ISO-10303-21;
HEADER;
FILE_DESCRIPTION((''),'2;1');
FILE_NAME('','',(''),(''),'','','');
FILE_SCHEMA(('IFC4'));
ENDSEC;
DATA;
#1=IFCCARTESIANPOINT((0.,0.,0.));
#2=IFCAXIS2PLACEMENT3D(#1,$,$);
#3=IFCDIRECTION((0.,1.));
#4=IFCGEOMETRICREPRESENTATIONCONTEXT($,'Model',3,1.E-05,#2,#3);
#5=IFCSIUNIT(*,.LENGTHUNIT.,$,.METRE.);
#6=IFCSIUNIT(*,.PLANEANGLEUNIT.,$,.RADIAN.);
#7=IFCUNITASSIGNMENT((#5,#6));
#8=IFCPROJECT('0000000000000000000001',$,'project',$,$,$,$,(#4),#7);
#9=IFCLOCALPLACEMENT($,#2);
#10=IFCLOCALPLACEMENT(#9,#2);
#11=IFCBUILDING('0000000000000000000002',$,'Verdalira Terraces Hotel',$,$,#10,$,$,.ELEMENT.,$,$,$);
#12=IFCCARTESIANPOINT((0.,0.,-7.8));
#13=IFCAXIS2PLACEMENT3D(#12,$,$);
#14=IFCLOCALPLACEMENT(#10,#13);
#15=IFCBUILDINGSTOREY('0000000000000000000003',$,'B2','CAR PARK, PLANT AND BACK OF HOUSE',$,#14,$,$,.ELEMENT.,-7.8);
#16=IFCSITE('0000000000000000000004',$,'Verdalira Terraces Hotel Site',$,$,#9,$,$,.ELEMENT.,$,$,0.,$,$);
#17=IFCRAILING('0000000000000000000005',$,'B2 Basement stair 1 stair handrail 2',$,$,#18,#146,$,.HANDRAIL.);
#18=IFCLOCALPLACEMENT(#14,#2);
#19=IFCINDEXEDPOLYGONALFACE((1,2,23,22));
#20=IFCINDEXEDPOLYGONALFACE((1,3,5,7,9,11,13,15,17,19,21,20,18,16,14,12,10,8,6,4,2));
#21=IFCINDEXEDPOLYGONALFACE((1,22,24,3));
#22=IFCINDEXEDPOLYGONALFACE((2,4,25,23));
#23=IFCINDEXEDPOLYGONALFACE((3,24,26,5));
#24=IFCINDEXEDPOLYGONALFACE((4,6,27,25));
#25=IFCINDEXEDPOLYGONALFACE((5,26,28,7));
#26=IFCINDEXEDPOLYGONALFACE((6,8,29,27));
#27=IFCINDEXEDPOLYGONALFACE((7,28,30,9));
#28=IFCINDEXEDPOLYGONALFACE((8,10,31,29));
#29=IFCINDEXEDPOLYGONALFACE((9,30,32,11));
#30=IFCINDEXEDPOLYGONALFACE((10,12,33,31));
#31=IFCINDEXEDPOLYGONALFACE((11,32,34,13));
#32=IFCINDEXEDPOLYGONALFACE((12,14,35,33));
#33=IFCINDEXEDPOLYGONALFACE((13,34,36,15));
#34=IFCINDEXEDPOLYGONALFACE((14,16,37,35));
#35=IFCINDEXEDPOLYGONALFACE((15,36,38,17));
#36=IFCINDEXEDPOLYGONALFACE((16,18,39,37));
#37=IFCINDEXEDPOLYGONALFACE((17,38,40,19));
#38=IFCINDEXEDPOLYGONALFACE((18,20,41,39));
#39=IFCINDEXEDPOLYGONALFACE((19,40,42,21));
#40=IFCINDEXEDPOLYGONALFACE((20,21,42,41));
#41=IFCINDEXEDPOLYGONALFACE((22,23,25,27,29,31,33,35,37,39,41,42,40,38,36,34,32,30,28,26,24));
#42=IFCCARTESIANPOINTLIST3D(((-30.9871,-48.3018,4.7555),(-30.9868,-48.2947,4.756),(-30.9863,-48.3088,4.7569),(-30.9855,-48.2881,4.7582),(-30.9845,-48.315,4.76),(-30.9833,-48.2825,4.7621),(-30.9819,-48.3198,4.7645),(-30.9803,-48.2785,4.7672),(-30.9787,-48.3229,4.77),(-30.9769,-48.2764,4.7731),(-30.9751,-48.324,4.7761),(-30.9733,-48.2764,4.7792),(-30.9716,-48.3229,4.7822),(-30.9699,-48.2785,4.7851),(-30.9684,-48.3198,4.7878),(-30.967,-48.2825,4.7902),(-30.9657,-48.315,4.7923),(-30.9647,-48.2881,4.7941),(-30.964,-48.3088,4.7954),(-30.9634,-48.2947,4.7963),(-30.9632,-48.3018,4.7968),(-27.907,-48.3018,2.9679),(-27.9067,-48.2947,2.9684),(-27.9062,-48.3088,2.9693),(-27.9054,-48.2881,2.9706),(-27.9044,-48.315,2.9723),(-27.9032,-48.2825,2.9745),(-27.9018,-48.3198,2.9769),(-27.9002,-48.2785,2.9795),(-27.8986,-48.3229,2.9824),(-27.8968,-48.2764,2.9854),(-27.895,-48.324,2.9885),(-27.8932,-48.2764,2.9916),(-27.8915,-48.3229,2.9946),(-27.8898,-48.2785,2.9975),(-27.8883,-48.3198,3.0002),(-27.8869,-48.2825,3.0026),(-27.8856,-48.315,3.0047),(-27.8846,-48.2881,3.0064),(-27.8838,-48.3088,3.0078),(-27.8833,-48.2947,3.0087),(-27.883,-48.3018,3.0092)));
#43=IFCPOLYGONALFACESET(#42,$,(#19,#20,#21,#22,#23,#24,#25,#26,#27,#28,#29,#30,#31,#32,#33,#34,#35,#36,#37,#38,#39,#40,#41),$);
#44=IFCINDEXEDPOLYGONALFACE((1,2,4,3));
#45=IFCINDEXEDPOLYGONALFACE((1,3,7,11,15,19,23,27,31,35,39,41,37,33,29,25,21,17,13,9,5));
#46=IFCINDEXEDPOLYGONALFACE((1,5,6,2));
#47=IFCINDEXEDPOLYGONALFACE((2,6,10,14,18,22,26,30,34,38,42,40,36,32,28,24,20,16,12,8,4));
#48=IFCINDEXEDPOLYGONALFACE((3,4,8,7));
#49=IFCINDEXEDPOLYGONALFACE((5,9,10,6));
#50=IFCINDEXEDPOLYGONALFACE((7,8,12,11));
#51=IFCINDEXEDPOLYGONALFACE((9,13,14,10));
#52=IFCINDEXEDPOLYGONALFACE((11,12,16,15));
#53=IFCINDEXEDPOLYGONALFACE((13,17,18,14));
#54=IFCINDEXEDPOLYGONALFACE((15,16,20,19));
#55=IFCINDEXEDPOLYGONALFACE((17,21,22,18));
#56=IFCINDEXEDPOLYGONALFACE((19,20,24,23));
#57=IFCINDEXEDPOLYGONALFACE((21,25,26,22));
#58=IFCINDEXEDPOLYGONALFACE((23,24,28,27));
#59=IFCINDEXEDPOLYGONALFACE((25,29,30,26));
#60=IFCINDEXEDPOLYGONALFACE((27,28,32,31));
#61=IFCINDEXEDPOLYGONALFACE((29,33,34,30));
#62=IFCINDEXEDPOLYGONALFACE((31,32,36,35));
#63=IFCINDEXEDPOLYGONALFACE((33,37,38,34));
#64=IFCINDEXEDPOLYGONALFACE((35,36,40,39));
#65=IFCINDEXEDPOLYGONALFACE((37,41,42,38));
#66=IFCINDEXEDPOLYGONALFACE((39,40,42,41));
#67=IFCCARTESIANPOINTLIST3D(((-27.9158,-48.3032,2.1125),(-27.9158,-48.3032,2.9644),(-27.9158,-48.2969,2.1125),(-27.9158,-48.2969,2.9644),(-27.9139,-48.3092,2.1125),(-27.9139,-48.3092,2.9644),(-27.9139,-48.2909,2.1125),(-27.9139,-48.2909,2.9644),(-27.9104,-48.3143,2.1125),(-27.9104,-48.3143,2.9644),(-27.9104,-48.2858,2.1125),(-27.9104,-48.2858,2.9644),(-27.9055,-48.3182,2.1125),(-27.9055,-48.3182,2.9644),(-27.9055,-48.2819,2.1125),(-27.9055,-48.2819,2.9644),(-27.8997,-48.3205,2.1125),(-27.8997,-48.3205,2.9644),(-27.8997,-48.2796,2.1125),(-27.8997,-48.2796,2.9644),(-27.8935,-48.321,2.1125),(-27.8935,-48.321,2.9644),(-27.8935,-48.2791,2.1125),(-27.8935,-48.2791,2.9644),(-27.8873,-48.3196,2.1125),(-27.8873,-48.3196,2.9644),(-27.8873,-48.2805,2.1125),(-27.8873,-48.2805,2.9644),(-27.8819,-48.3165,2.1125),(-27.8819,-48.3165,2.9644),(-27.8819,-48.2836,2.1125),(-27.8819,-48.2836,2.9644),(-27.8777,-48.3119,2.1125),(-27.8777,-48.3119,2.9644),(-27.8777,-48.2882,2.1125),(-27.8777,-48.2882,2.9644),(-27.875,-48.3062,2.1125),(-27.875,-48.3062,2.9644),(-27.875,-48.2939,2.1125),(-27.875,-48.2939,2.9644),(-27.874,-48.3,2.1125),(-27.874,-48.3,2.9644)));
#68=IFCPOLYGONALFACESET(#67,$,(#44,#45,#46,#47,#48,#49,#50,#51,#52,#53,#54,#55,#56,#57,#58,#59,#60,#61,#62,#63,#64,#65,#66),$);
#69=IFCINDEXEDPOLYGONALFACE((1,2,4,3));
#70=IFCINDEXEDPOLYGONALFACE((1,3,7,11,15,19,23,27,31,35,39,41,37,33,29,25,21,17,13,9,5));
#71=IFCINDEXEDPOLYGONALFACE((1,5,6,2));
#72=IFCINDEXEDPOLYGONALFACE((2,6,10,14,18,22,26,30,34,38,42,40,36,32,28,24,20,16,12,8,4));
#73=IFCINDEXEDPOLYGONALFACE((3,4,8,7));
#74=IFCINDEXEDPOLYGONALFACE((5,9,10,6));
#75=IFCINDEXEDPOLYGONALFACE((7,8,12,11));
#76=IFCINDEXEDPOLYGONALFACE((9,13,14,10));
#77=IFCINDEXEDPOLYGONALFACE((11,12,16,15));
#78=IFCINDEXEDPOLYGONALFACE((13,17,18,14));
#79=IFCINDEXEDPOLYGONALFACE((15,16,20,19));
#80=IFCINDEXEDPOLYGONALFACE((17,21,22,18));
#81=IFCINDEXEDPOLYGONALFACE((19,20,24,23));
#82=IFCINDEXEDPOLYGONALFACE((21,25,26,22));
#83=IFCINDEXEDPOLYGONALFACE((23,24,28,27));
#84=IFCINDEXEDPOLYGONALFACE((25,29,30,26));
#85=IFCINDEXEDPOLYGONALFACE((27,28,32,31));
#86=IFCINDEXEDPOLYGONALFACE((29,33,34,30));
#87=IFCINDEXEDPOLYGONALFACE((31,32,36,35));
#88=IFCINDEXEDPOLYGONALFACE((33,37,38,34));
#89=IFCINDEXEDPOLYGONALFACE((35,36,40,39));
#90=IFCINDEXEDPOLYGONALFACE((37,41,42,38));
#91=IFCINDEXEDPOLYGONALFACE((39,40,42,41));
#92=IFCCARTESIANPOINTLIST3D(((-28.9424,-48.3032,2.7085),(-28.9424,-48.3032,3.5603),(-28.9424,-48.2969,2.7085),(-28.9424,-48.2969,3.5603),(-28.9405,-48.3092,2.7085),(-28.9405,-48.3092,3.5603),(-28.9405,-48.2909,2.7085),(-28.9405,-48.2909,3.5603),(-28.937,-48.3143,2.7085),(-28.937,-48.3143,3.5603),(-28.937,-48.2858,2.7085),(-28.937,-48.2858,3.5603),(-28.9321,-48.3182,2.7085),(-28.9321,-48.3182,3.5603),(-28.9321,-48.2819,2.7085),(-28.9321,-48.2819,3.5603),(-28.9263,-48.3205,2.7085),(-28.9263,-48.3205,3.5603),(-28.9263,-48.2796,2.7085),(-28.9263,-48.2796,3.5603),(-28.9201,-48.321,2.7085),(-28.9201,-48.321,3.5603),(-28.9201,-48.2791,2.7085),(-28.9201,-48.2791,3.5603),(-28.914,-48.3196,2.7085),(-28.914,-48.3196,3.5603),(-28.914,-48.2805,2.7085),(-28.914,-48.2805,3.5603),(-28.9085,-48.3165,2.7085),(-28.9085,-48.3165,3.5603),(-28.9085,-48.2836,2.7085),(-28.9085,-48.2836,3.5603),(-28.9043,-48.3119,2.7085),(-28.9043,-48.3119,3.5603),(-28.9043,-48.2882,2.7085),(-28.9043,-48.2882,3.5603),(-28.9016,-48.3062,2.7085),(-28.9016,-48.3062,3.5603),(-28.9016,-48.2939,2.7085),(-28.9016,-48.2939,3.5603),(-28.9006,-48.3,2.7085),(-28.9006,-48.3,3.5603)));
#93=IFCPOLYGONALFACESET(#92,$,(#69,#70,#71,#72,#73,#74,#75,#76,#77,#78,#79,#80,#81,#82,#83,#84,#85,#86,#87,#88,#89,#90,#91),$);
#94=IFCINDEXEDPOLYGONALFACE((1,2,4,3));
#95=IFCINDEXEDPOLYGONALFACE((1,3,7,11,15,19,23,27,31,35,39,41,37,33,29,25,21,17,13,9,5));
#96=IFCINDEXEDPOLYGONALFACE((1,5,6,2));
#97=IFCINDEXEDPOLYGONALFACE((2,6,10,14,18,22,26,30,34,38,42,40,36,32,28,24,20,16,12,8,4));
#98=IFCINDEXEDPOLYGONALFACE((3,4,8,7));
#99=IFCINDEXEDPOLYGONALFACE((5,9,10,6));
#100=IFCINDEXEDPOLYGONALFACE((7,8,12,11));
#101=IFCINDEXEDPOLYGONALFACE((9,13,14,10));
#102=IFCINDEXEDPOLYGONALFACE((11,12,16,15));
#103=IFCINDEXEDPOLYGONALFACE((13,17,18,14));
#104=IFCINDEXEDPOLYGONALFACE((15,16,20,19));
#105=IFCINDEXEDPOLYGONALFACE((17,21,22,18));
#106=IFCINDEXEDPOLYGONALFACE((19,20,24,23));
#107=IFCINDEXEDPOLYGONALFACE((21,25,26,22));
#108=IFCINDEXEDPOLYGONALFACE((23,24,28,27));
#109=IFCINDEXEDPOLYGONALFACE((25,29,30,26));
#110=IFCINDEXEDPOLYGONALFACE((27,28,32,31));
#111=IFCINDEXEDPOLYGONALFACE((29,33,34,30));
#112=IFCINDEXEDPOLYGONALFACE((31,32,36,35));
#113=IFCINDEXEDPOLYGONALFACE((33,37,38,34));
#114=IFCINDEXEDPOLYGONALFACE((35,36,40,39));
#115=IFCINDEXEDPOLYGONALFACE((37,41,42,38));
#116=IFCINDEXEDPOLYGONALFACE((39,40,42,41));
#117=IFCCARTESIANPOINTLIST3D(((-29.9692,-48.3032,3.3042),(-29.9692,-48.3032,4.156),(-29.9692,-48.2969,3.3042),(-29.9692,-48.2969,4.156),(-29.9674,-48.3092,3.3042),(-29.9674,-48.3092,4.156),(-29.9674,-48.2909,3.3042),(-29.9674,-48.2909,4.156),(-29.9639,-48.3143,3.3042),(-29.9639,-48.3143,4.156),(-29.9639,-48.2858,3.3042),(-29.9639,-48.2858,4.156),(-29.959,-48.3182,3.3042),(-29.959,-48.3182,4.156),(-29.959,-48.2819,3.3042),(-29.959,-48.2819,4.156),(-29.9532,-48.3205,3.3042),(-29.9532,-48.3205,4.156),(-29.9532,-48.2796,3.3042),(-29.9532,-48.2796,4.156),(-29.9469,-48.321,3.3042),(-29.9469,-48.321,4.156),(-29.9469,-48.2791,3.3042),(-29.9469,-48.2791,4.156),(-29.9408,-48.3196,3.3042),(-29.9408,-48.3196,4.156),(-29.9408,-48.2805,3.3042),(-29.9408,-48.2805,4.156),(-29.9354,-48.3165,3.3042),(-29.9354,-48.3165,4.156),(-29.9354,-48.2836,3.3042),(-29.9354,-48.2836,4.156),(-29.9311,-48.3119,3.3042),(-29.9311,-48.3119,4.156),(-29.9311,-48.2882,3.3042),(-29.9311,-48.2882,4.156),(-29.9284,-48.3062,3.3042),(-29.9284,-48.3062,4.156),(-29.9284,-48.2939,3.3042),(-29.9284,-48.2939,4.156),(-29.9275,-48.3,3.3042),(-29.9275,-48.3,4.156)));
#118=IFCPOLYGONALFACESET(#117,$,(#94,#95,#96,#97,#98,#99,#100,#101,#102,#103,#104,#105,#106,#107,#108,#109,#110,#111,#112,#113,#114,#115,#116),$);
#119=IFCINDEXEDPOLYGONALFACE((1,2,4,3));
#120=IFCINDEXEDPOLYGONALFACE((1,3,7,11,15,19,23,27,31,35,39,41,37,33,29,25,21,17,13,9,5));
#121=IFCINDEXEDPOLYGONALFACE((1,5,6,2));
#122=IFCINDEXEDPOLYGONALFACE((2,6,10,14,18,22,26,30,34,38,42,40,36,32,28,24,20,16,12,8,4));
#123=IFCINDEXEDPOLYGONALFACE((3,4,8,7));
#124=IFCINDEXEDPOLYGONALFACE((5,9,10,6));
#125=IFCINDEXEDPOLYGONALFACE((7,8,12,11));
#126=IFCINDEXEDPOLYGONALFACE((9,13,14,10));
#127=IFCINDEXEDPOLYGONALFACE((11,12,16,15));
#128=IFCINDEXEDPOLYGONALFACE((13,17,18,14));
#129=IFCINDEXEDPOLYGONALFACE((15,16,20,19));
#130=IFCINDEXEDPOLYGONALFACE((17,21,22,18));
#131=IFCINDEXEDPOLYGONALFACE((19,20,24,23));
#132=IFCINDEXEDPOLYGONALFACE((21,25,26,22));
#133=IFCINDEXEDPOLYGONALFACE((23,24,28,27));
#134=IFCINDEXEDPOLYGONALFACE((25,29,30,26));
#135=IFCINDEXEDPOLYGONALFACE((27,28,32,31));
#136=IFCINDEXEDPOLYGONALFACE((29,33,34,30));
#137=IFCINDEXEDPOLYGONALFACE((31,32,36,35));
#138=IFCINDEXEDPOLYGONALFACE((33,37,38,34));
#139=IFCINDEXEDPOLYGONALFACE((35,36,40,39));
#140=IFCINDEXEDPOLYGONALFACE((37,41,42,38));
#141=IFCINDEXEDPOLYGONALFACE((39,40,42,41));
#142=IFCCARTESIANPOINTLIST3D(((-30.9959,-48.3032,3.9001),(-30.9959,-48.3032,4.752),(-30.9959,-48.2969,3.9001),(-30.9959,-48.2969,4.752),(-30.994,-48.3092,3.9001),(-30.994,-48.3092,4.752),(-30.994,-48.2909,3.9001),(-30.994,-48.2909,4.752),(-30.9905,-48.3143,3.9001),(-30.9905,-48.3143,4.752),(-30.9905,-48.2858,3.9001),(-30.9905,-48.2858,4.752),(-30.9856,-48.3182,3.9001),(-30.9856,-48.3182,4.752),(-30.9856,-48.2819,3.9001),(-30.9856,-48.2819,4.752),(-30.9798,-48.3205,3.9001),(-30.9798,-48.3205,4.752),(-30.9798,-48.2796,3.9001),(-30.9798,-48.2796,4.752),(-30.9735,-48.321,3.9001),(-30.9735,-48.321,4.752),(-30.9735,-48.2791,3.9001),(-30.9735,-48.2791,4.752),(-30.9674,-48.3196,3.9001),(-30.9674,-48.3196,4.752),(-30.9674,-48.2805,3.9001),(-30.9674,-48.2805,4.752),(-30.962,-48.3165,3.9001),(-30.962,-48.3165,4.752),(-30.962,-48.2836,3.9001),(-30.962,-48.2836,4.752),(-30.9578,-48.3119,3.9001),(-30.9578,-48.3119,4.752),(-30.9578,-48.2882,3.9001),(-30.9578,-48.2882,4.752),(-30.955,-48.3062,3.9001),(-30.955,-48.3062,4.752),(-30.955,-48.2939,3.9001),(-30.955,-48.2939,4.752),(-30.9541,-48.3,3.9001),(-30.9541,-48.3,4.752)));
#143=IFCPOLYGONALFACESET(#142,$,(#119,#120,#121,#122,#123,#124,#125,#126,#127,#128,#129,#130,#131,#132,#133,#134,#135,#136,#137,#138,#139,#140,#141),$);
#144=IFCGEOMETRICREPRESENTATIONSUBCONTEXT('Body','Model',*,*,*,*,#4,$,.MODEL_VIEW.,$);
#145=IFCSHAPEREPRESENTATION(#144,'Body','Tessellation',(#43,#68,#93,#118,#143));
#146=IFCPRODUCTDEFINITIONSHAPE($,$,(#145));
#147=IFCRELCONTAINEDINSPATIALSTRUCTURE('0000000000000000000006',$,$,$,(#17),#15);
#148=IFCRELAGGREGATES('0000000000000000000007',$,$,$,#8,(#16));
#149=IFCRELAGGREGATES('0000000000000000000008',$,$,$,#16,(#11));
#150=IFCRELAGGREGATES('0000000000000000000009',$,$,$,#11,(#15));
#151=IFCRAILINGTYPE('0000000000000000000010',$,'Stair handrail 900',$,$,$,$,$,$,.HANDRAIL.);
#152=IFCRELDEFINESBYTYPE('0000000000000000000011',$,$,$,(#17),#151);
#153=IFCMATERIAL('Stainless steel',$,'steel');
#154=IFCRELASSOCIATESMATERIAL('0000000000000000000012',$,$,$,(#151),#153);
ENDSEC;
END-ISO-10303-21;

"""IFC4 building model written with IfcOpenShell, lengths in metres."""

from ifc_helpers import new_model, si_unit, direction, frame, origin, origin_2d, place, context, subcontext, project, spatial, circle, extrude, material, type_object, element, save


model = new_model("IFC4")

# Units and contexts
model_context = context("Model", 3, precision=1e-05, world=origin(), true_north=direction((0.0, 1.0)))
body_context = subcontext(model_context, "Body", "Model", "MODEL_VIEW")
ifc_project = project(units=[si_unit("LENGTHUNIT", "METRE"), si_unit("PLANEANGLEUNIT", "RADIAN")], contexts=[model_context])

# Site, building, storey
site_placement = place(None, origin())
site = spatial("IfcSite", under=ifc_project, at=site_placement, Name="Verdalira Terraces Hotel Site", CompositionType="ELEMENT", RefElevation=0.0)
building_placement = place(site_placement, origin())
building = spatial("IfcBuilding", under=site, at=building_placement, Name="Verdalira Terraces Hotel", CompositionType="ELEMENT")
storey_placement = place(building_placement, frame((0.0, 0.0, -7.8)))
storey = spatial("IfcBuildingStorey", under=building, at=storey_placement, Name="B2", Description="CAR PARK, PLANT AND BACK OF HOUSE", CompositionType="ELEMENT", Elevation=-7.8)

# Railing
ifc_material_1 = material(Name="Stainless steel", Category="steel")
railing_type_1 = type_object("IfcRailingType", Name="Stair handrail 900", PredefinedType="HANDRAIL", material=ifc_material_1)
railing_1_placement = place(storey_placement, frame((-27.895, -48.3, 2.1125)))
element("IfcRailing", 1, at=railing_1_placement, inside=storey, type_object=railing_type_1, Name="B2 Basement stair 1 stair handrail 2", PredefinedType="HANDRAIL", context=body_context, shape_type="SweptSolid", body=[
    extrude(circle(Radius=0.0239, at=origin_2d()), frame((0.0, 0.0, 0.876), z_axis=(-0.864891, 0.0, 0.50196), x_axis=(0.0, -1.0, 0.0)), (0.0, 0.0, 1.0), 3.5613),
    extrude(circle(Radius=0.021, at=origin_2d()), origin(), (0.0, 0.0, 1.0), 0.8518),
    extrude(circle(Radius=0.021, at=origin_2d()), frame((-1.0266, 0.0, 0.5959)), (0.0, 0.0, 1.0), 0.8518),
    extrude(circle(Radius=0.021, at=origin_2d()), frame((-2.0535, 0.0, 1.1917)), (0.0, 0.0, 1.0), 0.8518),
    extrude(circle(Radius=0.021, at=origin_2d()), frame((-3.0801, 0.0, 1.7876)), (0.0, 0.0, 1.0), 0.8518),
])

save(model, "model.ifc")
